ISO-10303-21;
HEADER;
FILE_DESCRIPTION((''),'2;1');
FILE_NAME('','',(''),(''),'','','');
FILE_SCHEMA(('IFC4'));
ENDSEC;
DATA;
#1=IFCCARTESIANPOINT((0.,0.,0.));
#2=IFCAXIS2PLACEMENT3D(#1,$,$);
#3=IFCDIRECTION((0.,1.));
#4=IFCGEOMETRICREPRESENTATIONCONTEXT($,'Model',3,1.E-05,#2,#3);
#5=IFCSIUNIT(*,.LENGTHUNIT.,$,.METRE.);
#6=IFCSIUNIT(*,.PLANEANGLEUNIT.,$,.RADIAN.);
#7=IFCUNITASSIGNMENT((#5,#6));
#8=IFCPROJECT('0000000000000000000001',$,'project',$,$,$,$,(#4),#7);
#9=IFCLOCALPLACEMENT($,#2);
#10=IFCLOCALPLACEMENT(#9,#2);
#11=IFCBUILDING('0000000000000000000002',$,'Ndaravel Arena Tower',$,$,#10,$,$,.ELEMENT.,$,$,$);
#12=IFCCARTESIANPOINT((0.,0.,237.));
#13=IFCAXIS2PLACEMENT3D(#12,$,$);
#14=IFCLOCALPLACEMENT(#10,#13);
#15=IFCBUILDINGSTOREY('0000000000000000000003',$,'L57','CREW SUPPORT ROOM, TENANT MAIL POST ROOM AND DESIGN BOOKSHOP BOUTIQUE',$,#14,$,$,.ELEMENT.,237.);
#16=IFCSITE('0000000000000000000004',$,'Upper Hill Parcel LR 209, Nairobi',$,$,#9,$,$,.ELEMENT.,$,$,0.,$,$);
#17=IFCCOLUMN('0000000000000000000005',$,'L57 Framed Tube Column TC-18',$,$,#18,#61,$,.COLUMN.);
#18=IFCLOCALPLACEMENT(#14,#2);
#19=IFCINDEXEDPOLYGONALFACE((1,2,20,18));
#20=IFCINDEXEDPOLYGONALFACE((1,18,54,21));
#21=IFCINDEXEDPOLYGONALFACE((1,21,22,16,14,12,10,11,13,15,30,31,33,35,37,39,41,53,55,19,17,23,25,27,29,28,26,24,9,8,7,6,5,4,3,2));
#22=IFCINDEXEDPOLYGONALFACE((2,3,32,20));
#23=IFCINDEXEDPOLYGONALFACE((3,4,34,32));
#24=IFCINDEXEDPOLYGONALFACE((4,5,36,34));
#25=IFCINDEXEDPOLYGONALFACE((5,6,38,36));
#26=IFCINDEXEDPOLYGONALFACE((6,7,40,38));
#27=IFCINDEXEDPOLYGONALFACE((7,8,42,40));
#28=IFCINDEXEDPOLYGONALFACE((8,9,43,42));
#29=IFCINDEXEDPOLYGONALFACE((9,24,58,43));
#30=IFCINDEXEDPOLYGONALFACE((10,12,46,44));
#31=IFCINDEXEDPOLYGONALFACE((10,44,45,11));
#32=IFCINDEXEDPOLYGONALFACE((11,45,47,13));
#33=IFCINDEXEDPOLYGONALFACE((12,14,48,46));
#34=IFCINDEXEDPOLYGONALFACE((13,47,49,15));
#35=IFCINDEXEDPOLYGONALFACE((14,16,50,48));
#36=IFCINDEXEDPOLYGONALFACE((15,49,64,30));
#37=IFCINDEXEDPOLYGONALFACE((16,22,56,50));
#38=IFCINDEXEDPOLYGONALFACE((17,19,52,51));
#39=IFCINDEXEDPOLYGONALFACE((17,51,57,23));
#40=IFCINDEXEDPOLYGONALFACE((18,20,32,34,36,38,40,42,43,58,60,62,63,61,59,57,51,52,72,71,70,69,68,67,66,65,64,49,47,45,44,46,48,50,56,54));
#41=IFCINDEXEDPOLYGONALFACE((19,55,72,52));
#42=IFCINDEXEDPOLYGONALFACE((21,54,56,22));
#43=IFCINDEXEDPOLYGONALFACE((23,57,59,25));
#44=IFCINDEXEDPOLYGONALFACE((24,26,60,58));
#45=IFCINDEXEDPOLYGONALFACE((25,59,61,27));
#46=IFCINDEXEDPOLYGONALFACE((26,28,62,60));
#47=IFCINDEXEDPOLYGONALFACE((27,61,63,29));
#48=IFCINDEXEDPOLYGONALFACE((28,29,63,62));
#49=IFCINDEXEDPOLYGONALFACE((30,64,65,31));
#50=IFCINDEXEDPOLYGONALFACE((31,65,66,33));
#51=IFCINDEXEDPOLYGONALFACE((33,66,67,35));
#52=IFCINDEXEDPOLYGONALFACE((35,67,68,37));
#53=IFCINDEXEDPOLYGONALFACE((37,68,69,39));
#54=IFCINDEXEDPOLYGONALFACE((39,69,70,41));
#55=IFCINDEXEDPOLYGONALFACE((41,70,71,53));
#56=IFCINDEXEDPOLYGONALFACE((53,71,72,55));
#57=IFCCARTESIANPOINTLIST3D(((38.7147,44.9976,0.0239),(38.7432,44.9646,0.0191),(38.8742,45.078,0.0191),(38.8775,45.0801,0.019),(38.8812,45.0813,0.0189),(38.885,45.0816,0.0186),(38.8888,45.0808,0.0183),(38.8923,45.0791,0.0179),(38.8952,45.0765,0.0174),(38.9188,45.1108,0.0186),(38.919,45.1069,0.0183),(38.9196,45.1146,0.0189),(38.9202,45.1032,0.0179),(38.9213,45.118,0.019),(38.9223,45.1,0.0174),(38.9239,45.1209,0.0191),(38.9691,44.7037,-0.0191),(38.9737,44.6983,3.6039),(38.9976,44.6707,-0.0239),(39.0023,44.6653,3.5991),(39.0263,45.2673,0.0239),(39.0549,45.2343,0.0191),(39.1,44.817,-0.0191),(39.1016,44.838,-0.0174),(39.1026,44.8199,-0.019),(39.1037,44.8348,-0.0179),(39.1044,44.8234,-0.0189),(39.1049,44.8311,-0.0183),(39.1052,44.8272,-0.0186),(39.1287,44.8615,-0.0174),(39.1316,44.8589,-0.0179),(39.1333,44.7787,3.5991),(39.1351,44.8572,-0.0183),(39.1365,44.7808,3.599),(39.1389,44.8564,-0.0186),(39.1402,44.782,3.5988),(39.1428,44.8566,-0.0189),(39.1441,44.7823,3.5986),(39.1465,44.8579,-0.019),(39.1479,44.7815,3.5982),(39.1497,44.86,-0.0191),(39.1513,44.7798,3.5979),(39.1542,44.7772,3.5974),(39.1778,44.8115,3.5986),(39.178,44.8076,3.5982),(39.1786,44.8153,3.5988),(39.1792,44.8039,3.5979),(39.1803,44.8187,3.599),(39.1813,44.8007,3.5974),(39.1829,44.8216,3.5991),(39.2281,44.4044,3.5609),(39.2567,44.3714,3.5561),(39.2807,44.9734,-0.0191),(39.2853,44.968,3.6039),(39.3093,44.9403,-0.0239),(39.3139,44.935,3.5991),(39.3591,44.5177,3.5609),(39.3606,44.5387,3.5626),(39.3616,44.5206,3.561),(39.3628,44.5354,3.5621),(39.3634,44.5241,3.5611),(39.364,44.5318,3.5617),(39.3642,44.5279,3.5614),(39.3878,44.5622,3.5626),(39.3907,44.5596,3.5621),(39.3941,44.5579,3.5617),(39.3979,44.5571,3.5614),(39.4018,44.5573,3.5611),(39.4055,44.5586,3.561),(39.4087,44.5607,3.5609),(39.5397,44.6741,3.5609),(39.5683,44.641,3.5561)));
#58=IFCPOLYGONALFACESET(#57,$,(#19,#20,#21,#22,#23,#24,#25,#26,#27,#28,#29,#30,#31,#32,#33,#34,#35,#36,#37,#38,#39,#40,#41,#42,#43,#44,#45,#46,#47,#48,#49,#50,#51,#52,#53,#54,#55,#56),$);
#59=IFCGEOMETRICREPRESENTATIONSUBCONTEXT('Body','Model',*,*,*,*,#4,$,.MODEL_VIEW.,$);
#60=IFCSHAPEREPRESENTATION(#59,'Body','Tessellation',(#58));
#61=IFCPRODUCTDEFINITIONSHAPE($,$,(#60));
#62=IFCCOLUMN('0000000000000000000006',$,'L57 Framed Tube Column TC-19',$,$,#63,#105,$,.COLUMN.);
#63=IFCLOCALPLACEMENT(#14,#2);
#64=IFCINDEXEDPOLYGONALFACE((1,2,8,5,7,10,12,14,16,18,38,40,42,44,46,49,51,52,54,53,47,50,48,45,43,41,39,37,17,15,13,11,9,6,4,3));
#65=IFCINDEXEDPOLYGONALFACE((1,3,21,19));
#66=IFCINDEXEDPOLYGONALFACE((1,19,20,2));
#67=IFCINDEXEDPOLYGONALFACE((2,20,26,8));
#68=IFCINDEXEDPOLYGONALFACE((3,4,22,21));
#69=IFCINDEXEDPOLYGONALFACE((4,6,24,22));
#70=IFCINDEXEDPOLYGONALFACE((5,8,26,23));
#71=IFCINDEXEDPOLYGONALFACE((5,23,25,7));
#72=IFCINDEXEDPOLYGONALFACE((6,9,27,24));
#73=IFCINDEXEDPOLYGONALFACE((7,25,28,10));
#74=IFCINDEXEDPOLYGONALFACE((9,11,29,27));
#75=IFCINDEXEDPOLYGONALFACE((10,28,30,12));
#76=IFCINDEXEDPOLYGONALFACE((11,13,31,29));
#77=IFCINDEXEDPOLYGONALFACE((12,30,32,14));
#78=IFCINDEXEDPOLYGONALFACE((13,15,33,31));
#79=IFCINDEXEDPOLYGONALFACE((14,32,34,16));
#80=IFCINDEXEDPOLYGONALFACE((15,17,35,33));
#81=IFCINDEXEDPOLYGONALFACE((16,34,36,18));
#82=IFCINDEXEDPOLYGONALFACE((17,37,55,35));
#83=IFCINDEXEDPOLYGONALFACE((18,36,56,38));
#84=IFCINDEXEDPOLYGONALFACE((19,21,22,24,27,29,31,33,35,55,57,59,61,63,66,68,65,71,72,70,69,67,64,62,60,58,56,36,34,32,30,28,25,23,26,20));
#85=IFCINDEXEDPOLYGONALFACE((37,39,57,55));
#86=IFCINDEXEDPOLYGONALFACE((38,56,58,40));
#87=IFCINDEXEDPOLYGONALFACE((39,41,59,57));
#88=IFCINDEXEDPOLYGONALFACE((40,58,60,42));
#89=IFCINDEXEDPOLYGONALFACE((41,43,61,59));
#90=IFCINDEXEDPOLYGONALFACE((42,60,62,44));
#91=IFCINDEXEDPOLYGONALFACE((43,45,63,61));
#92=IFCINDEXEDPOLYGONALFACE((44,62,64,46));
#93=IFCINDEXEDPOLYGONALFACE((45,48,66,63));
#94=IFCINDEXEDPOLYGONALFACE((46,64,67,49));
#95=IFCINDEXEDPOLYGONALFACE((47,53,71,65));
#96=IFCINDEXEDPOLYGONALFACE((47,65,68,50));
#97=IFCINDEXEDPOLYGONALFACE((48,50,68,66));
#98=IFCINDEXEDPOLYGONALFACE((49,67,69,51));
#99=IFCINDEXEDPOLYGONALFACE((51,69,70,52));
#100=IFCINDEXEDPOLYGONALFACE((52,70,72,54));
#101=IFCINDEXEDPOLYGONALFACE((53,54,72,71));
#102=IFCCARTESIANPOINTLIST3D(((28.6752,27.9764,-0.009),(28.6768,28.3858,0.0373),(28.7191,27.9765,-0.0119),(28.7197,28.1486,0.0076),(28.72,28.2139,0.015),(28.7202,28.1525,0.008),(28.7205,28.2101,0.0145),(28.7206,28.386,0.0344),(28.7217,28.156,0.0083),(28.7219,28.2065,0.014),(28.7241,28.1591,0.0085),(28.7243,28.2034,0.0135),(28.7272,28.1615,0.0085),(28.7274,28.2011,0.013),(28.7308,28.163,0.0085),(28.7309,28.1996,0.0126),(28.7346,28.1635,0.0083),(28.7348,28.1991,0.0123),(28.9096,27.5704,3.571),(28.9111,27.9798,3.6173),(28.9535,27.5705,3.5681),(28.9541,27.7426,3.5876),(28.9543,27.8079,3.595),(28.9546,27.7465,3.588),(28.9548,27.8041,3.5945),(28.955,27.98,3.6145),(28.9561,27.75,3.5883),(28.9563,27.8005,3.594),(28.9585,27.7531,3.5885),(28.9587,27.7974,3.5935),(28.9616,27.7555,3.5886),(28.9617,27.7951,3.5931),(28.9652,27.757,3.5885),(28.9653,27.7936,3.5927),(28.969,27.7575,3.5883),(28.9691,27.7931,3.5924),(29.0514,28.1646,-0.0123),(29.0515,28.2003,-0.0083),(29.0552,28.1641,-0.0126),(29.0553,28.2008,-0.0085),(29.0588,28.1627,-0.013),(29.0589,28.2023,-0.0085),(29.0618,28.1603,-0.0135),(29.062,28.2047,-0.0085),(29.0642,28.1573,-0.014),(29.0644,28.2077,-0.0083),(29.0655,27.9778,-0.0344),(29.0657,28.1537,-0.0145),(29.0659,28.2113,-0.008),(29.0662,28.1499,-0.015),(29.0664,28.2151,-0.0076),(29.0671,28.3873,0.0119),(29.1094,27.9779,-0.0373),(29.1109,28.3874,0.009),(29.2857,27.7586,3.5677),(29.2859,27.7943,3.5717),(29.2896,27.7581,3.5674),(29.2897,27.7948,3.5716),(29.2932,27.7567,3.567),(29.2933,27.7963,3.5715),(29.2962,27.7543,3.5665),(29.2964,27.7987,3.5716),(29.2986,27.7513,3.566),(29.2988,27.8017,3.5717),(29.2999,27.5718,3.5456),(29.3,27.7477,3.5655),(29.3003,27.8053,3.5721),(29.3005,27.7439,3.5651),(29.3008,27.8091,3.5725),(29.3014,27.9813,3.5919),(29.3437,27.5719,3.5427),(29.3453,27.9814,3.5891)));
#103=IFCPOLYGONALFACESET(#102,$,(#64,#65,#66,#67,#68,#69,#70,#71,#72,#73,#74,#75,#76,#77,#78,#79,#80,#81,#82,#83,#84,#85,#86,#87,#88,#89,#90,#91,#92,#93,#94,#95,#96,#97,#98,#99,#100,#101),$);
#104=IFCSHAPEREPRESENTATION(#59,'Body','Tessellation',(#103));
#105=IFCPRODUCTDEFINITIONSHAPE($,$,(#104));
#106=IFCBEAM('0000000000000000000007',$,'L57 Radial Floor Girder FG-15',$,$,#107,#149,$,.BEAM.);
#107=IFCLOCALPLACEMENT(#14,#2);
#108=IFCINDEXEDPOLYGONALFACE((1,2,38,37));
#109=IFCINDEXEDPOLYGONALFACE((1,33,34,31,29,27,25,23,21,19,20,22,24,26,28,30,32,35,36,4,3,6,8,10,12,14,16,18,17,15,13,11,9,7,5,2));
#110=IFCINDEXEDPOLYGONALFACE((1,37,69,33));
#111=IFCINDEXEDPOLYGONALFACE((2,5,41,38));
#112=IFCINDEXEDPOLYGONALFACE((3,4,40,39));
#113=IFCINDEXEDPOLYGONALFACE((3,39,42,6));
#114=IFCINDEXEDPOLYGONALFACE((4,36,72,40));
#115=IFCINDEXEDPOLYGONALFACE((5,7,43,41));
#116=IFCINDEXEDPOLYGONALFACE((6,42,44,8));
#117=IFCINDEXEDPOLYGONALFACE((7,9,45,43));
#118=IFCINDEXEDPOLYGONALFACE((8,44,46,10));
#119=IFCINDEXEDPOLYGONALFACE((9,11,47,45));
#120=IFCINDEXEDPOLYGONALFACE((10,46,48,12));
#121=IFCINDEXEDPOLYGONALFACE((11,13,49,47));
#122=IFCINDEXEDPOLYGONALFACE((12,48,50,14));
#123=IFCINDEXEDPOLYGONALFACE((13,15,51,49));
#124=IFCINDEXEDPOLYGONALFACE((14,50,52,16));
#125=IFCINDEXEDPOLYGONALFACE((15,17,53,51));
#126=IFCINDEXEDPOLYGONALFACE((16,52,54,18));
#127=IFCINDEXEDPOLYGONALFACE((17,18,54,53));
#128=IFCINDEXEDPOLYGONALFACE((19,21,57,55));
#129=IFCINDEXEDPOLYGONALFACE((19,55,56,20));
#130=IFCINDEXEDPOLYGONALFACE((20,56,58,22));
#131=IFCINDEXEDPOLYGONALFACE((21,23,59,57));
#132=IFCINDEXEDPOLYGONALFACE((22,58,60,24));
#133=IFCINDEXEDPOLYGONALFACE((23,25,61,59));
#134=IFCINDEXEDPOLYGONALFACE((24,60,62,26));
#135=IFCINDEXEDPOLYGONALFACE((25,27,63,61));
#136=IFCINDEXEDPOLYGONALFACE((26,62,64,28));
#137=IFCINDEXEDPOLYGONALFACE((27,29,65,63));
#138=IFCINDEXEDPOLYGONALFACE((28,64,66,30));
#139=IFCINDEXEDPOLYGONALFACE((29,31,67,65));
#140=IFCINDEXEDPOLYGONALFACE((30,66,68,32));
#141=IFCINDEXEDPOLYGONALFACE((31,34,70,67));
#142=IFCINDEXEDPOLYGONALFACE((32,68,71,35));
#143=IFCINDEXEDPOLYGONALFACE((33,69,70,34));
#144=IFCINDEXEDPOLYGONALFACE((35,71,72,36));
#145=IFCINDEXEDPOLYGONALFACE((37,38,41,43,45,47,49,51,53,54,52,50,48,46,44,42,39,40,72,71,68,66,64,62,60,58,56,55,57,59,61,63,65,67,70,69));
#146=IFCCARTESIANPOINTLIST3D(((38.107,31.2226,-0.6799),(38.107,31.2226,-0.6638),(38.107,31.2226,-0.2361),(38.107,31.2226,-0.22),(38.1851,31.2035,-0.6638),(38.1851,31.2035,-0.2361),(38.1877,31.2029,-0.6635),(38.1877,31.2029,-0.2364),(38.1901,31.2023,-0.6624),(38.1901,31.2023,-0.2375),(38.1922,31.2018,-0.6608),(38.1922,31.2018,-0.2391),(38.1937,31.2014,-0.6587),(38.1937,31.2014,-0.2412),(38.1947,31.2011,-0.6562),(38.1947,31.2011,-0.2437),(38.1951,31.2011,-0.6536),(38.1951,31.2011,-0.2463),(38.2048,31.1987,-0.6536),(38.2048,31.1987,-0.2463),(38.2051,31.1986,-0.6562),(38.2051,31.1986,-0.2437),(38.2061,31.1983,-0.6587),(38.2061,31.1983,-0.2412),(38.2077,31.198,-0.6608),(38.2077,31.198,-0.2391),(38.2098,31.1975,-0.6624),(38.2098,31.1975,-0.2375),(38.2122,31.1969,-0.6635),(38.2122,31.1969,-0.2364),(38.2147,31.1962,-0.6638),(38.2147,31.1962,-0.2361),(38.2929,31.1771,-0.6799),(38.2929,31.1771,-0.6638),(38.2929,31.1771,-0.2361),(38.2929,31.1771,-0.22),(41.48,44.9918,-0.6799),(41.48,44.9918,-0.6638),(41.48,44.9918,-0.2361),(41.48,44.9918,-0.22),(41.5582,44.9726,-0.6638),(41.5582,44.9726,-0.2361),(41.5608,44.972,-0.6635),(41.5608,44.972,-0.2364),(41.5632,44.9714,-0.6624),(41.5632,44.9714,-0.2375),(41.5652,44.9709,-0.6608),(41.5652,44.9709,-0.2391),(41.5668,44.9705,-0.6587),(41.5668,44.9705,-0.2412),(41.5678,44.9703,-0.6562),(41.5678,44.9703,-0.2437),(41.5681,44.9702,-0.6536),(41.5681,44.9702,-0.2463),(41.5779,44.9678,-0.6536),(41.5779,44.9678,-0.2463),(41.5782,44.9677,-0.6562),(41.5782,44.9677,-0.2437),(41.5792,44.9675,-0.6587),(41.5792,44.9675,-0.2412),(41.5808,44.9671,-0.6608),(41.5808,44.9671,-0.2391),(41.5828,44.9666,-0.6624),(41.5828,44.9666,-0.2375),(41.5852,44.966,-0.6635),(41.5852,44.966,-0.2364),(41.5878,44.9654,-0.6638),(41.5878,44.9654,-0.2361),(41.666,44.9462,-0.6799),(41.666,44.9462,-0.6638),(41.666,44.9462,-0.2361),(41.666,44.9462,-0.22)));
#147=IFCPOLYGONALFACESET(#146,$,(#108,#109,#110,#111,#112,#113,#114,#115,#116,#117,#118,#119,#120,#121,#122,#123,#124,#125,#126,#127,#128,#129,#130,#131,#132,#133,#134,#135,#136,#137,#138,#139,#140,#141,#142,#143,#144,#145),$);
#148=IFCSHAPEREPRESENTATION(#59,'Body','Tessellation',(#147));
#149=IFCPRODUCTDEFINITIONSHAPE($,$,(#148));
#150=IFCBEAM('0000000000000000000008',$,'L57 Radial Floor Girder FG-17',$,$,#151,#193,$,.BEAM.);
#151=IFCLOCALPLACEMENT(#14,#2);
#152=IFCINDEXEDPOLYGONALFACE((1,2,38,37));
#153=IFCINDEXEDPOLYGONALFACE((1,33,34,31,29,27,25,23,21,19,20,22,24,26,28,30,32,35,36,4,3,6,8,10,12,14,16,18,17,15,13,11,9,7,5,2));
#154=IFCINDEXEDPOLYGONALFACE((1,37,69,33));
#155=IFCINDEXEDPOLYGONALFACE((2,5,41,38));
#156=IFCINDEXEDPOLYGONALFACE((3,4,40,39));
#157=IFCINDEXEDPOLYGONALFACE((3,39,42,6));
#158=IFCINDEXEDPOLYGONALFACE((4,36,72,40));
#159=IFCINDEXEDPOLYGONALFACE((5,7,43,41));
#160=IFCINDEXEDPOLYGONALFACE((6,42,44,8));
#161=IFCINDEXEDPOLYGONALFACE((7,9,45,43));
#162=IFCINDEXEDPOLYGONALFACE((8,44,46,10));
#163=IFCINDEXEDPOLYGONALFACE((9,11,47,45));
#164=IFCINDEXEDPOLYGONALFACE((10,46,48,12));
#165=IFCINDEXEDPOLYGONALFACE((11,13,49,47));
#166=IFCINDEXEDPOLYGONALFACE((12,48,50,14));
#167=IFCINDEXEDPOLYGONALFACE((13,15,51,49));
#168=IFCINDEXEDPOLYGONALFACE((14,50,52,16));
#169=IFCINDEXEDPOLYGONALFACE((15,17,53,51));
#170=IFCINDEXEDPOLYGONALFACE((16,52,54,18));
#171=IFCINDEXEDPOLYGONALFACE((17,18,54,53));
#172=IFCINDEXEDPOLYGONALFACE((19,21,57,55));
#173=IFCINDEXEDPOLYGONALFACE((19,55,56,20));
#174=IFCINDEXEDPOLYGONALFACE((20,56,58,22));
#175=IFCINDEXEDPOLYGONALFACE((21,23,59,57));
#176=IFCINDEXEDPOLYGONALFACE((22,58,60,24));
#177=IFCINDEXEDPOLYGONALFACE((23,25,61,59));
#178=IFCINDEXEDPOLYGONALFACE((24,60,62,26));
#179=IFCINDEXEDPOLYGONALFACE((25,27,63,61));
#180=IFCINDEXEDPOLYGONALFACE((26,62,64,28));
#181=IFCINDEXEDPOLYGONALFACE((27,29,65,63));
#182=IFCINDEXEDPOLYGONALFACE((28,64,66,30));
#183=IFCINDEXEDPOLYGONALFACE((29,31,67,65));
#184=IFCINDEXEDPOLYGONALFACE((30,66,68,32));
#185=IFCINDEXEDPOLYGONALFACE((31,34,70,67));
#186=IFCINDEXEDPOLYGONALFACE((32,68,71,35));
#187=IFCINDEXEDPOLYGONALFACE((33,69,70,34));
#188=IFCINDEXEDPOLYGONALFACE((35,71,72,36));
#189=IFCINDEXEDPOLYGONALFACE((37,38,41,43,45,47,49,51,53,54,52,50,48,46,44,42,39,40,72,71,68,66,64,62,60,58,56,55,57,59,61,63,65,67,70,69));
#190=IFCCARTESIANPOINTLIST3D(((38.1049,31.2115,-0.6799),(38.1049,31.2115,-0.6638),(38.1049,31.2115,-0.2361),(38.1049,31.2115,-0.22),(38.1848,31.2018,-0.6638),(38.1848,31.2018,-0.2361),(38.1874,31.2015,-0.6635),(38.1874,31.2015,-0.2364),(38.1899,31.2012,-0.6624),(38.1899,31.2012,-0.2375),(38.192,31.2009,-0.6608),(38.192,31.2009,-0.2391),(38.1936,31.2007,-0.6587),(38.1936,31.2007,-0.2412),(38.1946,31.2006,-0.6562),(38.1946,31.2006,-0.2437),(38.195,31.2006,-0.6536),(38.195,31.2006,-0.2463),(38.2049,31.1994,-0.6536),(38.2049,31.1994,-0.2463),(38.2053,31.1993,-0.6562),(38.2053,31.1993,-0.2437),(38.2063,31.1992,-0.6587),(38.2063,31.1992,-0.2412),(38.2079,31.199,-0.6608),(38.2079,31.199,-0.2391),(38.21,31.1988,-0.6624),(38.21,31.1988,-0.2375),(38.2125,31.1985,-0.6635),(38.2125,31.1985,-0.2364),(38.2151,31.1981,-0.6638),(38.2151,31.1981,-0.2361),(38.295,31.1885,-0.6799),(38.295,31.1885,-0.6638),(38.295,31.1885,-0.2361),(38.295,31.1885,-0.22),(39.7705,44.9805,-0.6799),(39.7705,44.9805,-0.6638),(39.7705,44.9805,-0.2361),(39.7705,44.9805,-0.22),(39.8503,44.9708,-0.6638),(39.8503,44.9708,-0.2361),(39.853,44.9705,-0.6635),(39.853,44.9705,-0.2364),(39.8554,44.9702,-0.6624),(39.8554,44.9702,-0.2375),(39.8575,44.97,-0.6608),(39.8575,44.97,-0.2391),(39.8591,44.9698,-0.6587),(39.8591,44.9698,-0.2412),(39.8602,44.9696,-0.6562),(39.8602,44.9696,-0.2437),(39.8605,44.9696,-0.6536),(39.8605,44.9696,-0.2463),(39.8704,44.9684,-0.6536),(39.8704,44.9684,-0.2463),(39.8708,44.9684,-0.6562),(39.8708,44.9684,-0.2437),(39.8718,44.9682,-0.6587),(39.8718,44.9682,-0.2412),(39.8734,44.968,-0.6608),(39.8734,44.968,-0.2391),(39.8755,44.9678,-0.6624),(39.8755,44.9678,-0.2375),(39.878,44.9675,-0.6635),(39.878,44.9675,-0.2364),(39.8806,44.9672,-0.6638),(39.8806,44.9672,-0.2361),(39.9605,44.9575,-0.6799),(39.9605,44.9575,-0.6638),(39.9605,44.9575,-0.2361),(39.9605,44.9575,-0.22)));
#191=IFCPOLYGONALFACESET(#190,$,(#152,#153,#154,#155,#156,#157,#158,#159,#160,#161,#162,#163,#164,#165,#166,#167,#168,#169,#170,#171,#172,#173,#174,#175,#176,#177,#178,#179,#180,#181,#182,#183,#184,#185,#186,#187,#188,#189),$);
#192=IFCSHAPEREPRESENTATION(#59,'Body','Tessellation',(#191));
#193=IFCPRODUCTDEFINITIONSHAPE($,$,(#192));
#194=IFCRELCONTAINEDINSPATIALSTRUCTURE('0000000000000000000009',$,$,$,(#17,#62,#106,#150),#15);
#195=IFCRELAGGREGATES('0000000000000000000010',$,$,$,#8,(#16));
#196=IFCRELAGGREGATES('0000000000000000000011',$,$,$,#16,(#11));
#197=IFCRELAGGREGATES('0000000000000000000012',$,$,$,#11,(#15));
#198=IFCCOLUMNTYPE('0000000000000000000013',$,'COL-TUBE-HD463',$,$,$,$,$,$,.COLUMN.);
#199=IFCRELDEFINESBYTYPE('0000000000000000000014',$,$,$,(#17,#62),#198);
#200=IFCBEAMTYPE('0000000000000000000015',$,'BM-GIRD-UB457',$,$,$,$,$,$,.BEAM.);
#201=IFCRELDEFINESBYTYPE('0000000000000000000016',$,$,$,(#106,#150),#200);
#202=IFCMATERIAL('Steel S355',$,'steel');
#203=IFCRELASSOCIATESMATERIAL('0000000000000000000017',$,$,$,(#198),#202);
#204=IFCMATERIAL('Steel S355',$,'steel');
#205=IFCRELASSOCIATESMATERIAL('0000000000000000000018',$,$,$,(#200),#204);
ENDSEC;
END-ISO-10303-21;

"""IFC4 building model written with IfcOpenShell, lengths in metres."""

from ifc_helpers import new_model, si_unit, direction, frame, origin, origin_2d, place, context, subcontext, project, spatial, i_section, extrude, material, material_profile, profile_set, type_object, element, save


model = new_model("IFC4")

# Units and contexts
model_context = context("Model", 3, precision=1e-05, world=origin(), true_north=direction((0.0, 1.0)))
body_context = subcontext(model_context, "Body", "Model", "MODEL_VIEW")
ifc_project = project(units=[si_unit("LENGTHUNIT", "METRE"), si_unit("PLANEANGLEUNIT", "RADIAN")], contexts=[model_context])

# Site, building, storey
site_placement = place(None, origin())
site = spatial("IfcSite", under=ifc_project, at=site_placement, Name="Upper Hill Parcel LR 209, Nairobi", CompositionType="ELEMENT", RefElevation=0.0)
building_placement = place(site_placement, origin())
building = spatial("IfcBuilding", under=site, at=building_placement, Name="Ndaravel Arena Tower", CompositionType="ELEMENT")
storey_placement = place(building_placement, frame((0.0, 0.0, 237.0)))
storey = spatial("IfcBuildingStorey", under=building, at=storey_placement, Name="L57", Description="CREW SUPPORT ROOM, TENANT MAIL POST ROOM AND DESIGN BOOKSHOP BOUTIQUE", CompositionType="ELEMENT", Elevation=237.0)

# Columns
ifc_material_1 = material(Name="Steel S355", Category="steel")
ifc_material_profile_1 = material_profile(ifc_material_1, i_section(OverallWidth=0.4121, OverallDepth=0.4351, WebThickness=0.0359, FlangeThickness=0.0439, FilletRadius=0.0149, at=origin_2d()), Name="HD 400x463")
ifc_profile_set_1 = profile_set([ifc_material_profile_1], Name="Steel S355")
column_type_1 = type_object("IfcColumnType", Name="COL-TUBE-HD463", PredefinedType="COLUMN", material=ifc_profile_set_1)
column_1_placement = place(storey_placement, frame((39.012, 44.969, 0.0), z_axis=(0.071916, -0.0831, 0.993943), x_axis=(0.756157, 0.65439, 0.0)))
element("IfcColumn", 1, at=column_1_placement, inside=storey, type_object=column_type_1, Name="L57 Framed Tube Column TC-18", PredefinedType="COLUMN", context=body_context, shape_type="SweptSolid", body=[
    extrude(i_section(OverallWidth=0.4121, OverallDepth=0.4351, WebThickness=0.0359, FlangeThickness=0.0439, FilletRadius=0.0149, at=origin_2d()), origin(), (0.0, 0.0, 1.0), 3.6018),
])
column_2_placement = place(storey_placement, frame((28.8931, 28.1819, 0.0), z_axis=(0.064912, -0.112447, 0.991535), x_axis=(0.003725, 0.993651, 0.112443)))
element("IfcColumn", 2, at=column_2_placement, inside=storey, type_object=column_type_1, Name="L57 Framed Tube Column TC-19", PredefinedType="COLUMN", context=body_context, shape_type="SweptSolid", body=[
    extrude(i_section(OverallWidth=0.4121, OverallDepth=0.4351, WebThickness=0.0359, FlangeThickness=0.0439, FilletRadius=0.0149, at=origin_2d()), origin(), (0.0, 0.0, 1.0), 3.6106),
])

# Beams
ifc_material_2 = material(Name="Steel S355", Category="steel")
ifc_material_profile_2 = material_profile(ifc_material_2, i_section(OverallWidth=0.1914, OverallDepth=0.46, WebThickness=0.01, FlangeThickness=0.0161, FilletRadius=0.0103, at=origin_2d()), Name="UB 457x191x82")
ifc_profile_set_2 = profile_set([ifc_material_profile_2], Name="Steel S355")
beam_type_1 = type_object("IfcBeamType", Name="BM-GIRD-UB457", PredefinedType="BEAM", material=ifc_profile_set_2)
beam_1_placement = place(storey_placement, frame((41.573, 44.969, -0.45), z_axis=(-0.237938, -0.97128, 0.0), x_axis=(0.97128, -0.237938, 0.0)))
element("IfcBeam", 3, at=beam_1_placement, inside=storey, type_object=beam_type_1, Name="L57 Radial Floor Girder FG-15", PredefinedType="BEAM", context=body_context, shape_type="SweptSolid", body=[
    extrude(i_section(OverallWidth=0.1914, OverallDepth=0.46, WebThickness=0.01, FlangeThickness=0.0161, FilletRadius=0.0103, at=origin_2d()), origin(), (0.0, 0.0, 1.0), 14.1763),
])
beam_2_placement = place(storey_placement, frame((39.8655, 44.969, -0.45), z_axis=(-0.120086, -0.992763, 0.0), x_axis=(0.992763, -0.120086, 0.0)))
element("IfcBeam", 4, at=beam_2_placement, inside=storey, type_object=beam_type_1, Name="L57 Radial Floor Girder FG-17", PredefinedType="BEAM", context=body_context, shape_type="SweptSolid", body=[
    extrude(i_section(OverallWidth=0.1914, OverallDepth=0.46, WebThickness=0.01, FlangeThickness=0.0161, FilletRadius=0.0103, at=origin_2d()), origin(), (0.0, 0.0, 1.0), 13.8694),
])

save(model, "model.ifc")
